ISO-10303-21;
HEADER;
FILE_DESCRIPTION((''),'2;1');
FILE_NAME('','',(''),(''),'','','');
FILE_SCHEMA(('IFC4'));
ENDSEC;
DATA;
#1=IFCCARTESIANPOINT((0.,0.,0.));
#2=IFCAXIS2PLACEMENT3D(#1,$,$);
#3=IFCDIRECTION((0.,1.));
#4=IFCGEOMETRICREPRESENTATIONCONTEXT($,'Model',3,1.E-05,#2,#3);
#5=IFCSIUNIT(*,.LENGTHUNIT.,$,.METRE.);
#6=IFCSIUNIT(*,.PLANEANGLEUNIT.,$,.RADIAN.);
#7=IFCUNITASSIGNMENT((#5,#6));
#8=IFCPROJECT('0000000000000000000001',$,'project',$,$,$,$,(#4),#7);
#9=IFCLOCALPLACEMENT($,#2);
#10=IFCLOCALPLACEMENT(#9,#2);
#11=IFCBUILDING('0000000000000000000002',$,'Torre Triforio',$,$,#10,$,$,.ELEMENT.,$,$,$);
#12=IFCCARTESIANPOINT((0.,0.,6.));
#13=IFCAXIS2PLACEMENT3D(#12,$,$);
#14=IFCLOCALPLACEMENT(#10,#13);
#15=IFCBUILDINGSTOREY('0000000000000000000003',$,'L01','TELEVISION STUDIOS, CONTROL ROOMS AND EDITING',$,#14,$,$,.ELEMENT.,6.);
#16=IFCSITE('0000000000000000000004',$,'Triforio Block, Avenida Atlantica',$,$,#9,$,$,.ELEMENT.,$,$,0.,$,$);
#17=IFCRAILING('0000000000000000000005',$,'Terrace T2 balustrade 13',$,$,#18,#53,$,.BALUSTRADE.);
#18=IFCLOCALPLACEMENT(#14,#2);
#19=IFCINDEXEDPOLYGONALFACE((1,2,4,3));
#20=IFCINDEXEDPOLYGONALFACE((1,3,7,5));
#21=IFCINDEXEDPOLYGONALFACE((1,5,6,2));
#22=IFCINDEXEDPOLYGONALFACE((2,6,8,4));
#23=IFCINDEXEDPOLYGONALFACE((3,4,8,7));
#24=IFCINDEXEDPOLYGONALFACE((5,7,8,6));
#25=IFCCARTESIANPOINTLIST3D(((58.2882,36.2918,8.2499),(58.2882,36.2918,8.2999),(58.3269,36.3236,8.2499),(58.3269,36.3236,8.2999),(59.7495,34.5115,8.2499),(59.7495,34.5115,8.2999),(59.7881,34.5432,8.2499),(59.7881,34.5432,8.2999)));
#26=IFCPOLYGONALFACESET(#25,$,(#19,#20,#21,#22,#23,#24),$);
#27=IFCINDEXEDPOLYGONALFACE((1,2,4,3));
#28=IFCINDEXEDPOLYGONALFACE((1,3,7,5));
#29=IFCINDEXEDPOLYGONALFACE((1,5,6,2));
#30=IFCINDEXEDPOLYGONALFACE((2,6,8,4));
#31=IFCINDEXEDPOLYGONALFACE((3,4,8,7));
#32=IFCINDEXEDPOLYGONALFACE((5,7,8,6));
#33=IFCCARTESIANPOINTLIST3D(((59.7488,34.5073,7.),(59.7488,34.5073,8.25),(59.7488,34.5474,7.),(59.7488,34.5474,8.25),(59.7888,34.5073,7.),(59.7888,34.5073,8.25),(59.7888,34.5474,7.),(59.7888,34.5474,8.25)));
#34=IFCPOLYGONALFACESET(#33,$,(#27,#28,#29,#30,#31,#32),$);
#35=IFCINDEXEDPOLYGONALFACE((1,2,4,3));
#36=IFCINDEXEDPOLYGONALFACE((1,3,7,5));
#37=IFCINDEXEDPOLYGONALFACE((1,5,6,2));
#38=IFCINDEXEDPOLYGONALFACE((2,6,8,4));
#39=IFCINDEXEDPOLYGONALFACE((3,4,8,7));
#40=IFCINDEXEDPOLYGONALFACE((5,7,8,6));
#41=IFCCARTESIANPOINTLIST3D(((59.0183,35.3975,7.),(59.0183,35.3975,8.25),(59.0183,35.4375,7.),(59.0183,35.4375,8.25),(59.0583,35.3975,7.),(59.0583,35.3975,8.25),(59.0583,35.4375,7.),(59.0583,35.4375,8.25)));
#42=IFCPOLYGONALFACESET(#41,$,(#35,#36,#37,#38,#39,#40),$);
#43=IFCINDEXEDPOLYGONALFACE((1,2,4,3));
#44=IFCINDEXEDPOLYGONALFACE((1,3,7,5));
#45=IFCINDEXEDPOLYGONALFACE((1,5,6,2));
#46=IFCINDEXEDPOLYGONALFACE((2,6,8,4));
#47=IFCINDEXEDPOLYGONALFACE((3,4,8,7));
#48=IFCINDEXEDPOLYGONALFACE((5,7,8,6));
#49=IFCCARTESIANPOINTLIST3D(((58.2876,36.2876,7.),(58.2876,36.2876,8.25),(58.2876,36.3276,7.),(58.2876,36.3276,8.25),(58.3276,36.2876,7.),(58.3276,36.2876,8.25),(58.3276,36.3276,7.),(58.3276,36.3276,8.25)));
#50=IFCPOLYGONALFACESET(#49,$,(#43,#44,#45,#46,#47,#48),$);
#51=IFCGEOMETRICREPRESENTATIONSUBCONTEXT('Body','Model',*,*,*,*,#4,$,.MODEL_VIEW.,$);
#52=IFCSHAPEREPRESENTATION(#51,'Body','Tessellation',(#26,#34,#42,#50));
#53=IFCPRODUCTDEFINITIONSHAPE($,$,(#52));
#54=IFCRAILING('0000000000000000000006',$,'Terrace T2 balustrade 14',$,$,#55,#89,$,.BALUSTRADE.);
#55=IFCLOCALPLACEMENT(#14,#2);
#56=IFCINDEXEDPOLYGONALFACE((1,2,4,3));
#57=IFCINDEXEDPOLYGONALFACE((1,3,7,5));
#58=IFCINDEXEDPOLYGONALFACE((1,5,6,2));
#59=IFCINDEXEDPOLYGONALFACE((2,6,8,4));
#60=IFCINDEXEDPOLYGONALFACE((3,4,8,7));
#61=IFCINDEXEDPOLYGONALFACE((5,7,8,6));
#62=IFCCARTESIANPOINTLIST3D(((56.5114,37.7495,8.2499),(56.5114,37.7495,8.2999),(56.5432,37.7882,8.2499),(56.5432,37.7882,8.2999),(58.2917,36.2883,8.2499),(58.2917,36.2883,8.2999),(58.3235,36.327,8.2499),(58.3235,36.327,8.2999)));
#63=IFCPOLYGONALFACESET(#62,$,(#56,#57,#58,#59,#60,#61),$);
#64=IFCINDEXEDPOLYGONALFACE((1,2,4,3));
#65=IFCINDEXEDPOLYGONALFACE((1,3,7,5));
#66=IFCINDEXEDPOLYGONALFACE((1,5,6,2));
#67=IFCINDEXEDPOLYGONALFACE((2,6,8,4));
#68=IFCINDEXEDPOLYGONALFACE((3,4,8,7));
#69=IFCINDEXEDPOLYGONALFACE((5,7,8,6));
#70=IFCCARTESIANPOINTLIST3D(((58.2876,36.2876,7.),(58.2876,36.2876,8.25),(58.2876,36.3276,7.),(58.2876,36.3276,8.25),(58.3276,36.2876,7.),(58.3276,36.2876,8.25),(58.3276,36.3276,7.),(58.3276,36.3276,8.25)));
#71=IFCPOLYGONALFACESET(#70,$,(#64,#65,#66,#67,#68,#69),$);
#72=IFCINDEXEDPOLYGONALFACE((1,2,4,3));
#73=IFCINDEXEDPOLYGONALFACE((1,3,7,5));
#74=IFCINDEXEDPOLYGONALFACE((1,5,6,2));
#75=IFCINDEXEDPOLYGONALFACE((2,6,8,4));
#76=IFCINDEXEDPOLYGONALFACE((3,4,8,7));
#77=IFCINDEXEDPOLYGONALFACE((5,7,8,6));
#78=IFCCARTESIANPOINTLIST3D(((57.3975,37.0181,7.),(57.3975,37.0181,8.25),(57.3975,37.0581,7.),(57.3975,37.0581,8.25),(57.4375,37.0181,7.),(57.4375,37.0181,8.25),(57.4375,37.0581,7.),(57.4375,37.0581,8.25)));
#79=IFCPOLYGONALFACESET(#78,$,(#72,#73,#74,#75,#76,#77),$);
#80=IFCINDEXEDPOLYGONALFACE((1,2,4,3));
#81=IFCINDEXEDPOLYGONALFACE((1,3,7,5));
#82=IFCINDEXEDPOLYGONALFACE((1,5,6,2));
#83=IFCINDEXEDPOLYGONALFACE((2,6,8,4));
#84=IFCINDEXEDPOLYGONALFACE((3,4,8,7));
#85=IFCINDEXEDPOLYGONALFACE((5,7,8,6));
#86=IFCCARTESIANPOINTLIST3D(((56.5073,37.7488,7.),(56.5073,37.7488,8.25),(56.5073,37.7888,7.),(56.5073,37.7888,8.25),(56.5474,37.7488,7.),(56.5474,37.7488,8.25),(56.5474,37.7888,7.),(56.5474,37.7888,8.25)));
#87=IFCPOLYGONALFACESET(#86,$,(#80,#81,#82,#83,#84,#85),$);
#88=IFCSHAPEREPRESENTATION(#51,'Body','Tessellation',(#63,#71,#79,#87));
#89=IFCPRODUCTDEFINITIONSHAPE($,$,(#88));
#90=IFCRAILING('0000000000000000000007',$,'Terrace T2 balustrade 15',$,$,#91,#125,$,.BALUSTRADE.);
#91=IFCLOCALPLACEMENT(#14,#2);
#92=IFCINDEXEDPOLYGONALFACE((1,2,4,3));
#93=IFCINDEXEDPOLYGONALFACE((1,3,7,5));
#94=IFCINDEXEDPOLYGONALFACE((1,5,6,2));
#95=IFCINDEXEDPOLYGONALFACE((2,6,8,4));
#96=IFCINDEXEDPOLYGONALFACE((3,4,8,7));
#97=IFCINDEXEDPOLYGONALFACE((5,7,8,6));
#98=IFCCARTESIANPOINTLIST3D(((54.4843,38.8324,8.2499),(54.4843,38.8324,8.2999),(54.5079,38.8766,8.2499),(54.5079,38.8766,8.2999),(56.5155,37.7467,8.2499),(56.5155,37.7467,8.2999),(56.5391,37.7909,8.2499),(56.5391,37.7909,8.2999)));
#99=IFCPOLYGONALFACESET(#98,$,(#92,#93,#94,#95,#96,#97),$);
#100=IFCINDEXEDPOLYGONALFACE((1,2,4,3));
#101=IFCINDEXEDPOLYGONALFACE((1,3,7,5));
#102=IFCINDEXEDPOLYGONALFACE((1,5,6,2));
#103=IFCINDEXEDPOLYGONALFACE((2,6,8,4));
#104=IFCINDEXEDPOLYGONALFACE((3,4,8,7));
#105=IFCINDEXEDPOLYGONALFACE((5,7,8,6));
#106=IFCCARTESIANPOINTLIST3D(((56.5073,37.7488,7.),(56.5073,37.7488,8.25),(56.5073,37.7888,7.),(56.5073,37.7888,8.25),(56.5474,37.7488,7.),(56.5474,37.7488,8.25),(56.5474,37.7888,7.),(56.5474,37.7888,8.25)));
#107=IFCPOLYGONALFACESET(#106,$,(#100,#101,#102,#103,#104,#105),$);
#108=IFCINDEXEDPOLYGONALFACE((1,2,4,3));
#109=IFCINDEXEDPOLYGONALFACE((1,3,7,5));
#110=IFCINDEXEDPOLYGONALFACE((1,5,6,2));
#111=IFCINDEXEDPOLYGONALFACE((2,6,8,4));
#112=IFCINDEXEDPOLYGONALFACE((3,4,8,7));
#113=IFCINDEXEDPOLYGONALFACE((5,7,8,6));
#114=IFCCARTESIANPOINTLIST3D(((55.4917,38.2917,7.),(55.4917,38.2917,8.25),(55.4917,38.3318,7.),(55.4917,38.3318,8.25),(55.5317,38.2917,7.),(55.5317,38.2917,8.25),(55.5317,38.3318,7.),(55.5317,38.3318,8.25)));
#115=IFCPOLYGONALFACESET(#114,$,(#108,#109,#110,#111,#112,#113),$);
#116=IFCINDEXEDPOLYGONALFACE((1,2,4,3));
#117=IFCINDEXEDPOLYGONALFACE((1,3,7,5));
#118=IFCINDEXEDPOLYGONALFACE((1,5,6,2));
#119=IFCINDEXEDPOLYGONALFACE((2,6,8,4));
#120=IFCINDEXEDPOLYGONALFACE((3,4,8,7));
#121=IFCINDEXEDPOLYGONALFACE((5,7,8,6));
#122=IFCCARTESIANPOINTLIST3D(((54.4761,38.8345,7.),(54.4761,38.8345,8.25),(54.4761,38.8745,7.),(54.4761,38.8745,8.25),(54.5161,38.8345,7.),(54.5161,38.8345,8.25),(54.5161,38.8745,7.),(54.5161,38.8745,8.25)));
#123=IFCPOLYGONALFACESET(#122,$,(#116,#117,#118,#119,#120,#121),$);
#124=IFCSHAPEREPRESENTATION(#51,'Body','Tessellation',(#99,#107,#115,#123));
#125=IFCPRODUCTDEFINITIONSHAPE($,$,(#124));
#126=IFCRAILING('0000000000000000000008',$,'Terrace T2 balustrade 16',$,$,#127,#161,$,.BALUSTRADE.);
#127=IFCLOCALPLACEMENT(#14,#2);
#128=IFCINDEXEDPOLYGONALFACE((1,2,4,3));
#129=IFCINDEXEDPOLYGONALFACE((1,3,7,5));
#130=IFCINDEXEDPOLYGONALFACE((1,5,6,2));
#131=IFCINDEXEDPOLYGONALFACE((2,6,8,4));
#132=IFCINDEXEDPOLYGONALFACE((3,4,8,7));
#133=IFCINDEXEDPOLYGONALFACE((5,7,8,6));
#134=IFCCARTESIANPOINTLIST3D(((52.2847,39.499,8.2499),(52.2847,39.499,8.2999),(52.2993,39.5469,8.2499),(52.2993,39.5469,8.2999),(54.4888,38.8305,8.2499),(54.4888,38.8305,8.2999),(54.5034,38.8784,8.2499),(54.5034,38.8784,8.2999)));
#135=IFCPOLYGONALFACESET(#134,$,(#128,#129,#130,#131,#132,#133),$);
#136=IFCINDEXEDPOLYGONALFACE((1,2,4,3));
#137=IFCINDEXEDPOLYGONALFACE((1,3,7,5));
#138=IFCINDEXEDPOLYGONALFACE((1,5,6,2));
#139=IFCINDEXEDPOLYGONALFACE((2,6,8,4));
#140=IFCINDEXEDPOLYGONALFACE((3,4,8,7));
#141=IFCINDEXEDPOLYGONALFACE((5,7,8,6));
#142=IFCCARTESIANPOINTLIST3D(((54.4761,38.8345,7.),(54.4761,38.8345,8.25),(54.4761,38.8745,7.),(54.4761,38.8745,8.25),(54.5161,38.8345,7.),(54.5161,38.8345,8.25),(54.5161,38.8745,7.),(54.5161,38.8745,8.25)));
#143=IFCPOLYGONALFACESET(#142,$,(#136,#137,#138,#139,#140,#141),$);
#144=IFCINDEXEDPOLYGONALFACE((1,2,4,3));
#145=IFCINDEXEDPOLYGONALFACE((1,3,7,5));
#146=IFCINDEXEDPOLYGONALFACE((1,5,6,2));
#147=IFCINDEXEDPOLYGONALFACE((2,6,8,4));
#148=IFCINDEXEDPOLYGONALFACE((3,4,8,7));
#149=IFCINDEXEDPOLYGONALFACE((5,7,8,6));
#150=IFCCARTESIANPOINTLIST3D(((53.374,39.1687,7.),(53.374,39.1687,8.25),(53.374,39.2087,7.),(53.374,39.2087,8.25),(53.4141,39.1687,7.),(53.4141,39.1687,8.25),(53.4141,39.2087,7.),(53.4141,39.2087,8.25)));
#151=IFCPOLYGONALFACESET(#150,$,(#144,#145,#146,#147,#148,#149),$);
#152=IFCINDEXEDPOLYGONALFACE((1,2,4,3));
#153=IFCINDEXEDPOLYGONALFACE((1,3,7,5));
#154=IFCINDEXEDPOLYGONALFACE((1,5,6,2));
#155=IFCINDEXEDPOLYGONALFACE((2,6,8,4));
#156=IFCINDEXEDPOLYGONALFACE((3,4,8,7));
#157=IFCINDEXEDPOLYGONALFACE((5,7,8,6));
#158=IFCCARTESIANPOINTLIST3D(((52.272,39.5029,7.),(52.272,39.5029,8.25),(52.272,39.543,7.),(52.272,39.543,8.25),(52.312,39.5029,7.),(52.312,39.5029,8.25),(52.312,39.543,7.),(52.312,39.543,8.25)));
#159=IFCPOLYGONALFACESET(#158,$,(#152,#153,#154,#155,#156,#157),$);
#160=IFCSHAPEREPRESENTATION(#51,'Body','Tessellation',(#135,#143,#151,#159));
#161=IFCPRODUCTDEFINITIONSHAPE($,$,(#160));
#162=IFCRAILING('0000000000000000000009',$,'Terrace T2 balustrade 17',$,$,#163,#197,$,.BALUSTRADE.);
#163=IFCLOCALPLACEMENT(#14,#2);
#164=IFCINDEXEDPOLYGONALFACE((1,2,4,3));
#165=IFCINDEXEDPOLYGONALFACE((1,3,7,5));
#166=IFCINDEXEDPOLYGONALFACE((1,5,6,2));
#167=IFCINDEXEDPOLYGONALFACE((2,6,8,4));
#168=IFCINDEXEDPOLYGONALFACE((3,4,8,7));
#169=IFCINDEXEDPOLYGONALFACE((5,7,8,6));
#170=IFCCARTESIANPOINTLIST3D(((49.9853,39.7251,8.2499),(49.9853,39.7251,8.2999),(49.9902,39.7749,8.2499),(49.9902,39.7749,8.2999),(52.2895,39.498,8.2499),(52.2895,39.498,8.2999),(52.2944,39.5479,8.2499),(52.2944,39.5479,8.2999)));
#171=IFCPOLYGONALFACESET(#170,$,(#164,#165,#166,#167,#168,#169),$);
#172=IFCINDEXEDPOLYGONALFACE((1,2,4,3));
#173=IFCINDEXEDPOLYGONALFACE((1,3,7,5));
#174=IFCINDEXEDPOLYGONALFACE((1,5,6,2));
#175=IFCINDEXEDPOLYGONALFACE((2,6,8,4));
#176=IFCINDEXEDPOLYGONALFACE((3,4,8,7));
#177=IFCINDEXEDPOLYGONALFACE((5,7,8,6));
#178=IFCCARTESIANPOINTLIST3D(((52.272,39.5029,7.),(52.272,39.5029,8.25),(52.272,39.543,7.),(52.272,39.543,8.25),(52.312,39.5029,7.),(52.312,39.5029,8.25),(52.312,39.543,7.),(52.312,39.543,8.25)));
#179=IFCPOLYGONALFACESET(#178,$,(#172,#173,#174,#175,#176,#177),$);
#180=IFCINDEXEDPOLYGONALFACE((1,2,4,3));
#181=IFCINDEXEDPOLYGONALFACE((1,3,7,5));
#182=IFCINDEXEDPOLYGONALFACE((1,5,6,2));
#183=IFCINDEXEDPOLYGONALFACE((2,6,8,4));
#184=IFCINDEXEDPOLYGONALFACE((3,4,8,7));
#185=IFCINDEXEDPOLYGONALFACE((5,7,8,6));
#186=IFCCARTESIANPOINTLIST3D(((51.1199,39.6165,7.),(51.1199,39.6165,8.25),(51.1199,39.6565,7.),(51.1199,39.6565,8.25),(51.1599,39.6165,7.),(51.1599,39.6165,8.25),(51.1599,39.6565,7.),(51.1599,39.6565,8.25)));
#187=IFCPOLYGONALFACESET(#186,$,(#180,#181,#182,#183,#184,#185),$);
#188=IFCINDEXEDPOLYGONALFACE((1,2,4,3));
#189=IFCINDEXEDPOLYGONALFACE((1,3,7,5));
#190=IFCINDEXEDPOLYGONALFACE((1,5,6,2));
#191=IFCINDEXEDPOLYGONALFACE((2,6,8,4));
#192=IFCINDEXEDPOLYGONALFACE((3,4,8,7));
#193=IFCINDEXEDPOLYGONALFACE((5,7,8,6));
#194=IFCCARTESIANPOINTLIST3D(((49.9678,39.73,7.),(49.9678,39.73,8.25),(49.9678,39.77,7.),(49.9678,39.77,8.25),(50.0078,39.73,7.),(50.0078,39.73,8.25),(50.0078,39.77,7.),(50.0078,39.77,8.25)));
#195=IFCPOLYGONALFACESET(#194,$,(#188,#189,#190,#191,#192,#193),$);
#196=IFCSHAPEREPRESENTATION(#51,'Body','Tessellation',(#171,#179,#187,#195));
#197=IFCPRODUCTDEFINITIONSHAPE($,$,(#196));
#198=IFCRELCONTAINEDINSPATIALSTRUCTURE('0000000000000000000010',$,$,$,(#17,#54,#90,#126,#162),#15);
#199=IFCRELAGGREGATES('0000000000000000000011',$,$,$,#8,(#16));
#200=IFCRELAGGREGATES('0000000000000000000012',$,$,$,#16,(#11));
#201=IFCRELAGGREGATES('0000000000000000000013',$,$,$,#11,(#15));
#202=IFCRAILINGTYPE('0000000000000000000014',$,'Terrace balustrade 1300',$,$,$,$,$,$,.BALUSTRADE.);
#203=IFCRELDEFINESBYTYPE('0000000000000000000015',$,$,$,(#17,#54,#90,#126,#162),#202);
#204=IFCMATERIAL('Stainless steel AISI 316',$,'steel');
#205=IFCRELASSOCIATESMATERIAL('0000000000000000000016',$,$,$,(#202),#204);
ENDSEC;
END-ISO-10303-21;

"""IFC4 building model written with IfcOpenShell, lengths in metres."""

from ifc_helpers import new_model, si_unit, direction, frame, origin, origin_2d, place, context, subcontext, project, spatial, rectangle, extrude, material, type_object, element, save


model = new_model("IFC4")

# Units and contexts
model_context = context("Model", 3, precision=1e-05, world=origin(), true_north=direction((0.0, 1.0)))
body_context = subcontext(model_context, "Body", "Model", "MODEL_VIEW")
ifc_project = project(units=[si_unit("LENGTHUNIT", "METRE"), si_unit("PLANEANGLEUNIT", "RADIAN")], contexts=[model_context])

# Site, building, storey
site_placement = place(None, origin())
site = spatial("IfcSite", under=ifc_project, at=site_placement, Name="Triforio Block, Avenida Atlantica", CompositionType="ELEMENT", RefElevation=0.0)
building_placement = place(site_placement, origin())
building = spatial("IfcBuilding", under=site, at=building_placement, Name="Torre Triforio", CompositionType="ELEMENT")
storey_placement = place(building_placement, frame((0.0, 0.0, 6.0)))
storey = spatial("IfcBuildingStorey", under=building, at=storey_placement, Name="L01", Description="TELEVISION STUDIOS, CONTROL ROOMS AND EDITING", CompositionType="ELEMENT", Elevation=6.0)

# Railings
ifc_material_1 = material(Name="Stainless steel AISI 316", Category="steel")
railing_type = type_object("IfcRailingType", Name="Terrace balustrade 1300", PredefinedType="BALUSTRADE", material=ifc_material_1)
railing_1_placement = place(storey_placement, frame((59.7688, 34.5273, 7.0)))
element("IfcRailing", 1, at=railing_1_placement, inside=storey, type_object=railing_type, Name="Terrace T2 balustrade 13", PredefinedType="BALUSTRADE", context=body_context, shape_type="SweptSolid", body=[
    extrude(rectangle(XDim=0.05, YDim=0.05, at=origin_2d()), frame((0.0, 0.0, 1.2749), z_axis=(-0.634432, 0.772979, 0.0), x_axis=(-0.772979, -0.634432, 0.0)), (0.0, 0.0, 1.0), 2.3032),
    extrude(rectangle(XDim=0.04, YDim=0.04, at=origin_2d()), origin(), (0.0, 0.0, 1.0), 1.25),
    extrude(rectangle(XDim=0.04, YDim=0.04, at=origin_2d()), frame((-0.7305, 0.8901, 0.0)), (0.0, 0.0, 1.0), 1.25),
    extrude(rectangle(XDim=0.04, YDim=0.04, at=origin_2d()), frame((-1.4612, 1.7803, 0.0)), (0.0, 0.0, 1.0), 1.25),
])
railing_2_placement = place(storey_placement, frame((58.3076, 36.3076, 7.0)))
element("IfcRailing", 2, at=railing_2_placement, inside=storey, type_object=railing_type, Name="Terrace T2 balustrade 14", PredefinedType="BALUSTRADE", context=body_context, shape_type="SweptSolid", body=[
    extrude(rectangle(XDim=0.05, YDim=0.05, at=origin_2d()), frame((0.0, 0.0, 1.2749), z_axis=(-0.772979, 0.634432, 0.0), x_axis=(-0.634432, -0.772979, 0.0)), (0.0, 0.0, 1.0), 2.3032),
    extrude(rectangle(XDim=0.04, YDim=0.04, at=origin_2d()), origin(), (0.0, 0.0, 1.0), 1.25),
    extrude(rectangle(XDim=0.04, YDim=0.04, at=origin_2d()), frame((-0.8901, 0.7305, 0.0)), (0.0, 0.0, 1.0), 1.25),
    extrude(rectangle(XDim=0.04, YDim=0.04, at=origin_2d()), frame((-1.7803, 1.4612, 0.0)), (0.0, 0.0, 1.0), 1.25),
])
railing_3_placement = place(storey_placement, frame((56.5273, 37.7688, 7.0)))
element("IfcRailing", 3, at=railing_3_placement, inside=storey, type_object=railing_type, Name="Terrace T2 balustrade 15", PredefinedType="BALUSTRADE", context=body_context, shape_type="SweptSolid", body=[
    extrude(rectangle(XDim=0.05, YDim=0.05, at=origin_2d()), frame((0.0, 0.0, 1.2749), z_axis=(-0.881927, 0.471386, 0.0), x_axis=(-0.471386, -0.881927, 0.0)), (0.0, 0.0, 1.0), 2.3032),
    extrude(rectangle(XDim=0.04, YDim=0.04, at=origin_2d()), origin(), (0.0, 0.0, 1.0), 1.25),
    extrude(rectangle(XDim=0.04, YDim=0.04, at=origin_2d()), frame((-1.0156, 0.543, 0.0)), (0.0, 0.0, 1.0), 1.25),
    extrude(rectangle(XDim=0.04, YDim=0.04, at=origin_2d()), frame((-2.0312, 1.0857, 0.0)), (0.0, 0.0, 1.0), 1.25),
])
railing_4_placement = place(storey_placement, frame((54.4961, 38.8545, 7.0)))
element("IfcRailing", 4, at=railing_4_placement, inside=storey, type_object=railing_type, Name="Terrace T2 balustrade 16", PredefinedType="BALUSTRADE", context=body_context, shape_type="SweptSolid", body=[
    extrude(rectangle(XDim=0.05, YDim=0.05, at=origin_2d()), frame((0.0, 0.0, 1.2749), z_axis=(-0.956958, 0.290225, 0.0), x_axis=(-0.290225, -0.956958, 0.0)), (0.0, 0.0, 1.0), 2.3032),
    extrude(rectangle(XDim=0.04, YDim=0.04, at=origin_2d()), origin(), (0.0, 0.0, 1.0), 1.25),
    extrude(rectangle(XDim=0.04, YDim=0.04, at=origin_2d()), frame((-1.1021, 0.3342, 0.0)), (0.0, 0.0, 1.0), 1.25),
    extrude(rectangle(XDim=0.04, YDim=0.04, at=origin_2d()), frame((-2.2041, 0.6685, 0.0)), (0.0, 0.0, 1.0), 1.25),
])
railing_5_placement = place(storey_placement, frame((52.292, 39.5229, 7.0)))
element("IfcRailing", 5, at=railing_5_placement, inside=storey, type_object=railing_type, Name="Terrace T2 balustrade 17", PredefinedType="BALUSTRADE", context=body_context, shape_type="SweptSolid", body=[
    extrude(rectangle(XDim=0.05, YDim=0.05, at=origin_2d()), frame((0.0, 0.0, 1.2749), z_axis=(-0.99518, 0.098063, 0.0), x_axis=(-0.098063, -0.99518, 0.0)), (0.0, 0.0, 1.0), 2.3154),
    extrude(rectangle(XDim=0.04, YDim=0.04, at=origin_2d()), origin(), (0.0, 0.0, 1.0), 1.25),
    extrude(rectangle(XDim=0.04, YDim=0.04, at=origin_2d()), frame((-1.1521, 0.1135, 0.0)), (0.0, 0.0, 1.0), 1.25),
    extrude(rectangle(XDim=0.04, YDim=0.04, at=origin_2d()), frame((-2.3042, 0.2271, 0.0)), (0.0, 0.0, 1.0), 1.25),
])

save(model, "model.ifc")
